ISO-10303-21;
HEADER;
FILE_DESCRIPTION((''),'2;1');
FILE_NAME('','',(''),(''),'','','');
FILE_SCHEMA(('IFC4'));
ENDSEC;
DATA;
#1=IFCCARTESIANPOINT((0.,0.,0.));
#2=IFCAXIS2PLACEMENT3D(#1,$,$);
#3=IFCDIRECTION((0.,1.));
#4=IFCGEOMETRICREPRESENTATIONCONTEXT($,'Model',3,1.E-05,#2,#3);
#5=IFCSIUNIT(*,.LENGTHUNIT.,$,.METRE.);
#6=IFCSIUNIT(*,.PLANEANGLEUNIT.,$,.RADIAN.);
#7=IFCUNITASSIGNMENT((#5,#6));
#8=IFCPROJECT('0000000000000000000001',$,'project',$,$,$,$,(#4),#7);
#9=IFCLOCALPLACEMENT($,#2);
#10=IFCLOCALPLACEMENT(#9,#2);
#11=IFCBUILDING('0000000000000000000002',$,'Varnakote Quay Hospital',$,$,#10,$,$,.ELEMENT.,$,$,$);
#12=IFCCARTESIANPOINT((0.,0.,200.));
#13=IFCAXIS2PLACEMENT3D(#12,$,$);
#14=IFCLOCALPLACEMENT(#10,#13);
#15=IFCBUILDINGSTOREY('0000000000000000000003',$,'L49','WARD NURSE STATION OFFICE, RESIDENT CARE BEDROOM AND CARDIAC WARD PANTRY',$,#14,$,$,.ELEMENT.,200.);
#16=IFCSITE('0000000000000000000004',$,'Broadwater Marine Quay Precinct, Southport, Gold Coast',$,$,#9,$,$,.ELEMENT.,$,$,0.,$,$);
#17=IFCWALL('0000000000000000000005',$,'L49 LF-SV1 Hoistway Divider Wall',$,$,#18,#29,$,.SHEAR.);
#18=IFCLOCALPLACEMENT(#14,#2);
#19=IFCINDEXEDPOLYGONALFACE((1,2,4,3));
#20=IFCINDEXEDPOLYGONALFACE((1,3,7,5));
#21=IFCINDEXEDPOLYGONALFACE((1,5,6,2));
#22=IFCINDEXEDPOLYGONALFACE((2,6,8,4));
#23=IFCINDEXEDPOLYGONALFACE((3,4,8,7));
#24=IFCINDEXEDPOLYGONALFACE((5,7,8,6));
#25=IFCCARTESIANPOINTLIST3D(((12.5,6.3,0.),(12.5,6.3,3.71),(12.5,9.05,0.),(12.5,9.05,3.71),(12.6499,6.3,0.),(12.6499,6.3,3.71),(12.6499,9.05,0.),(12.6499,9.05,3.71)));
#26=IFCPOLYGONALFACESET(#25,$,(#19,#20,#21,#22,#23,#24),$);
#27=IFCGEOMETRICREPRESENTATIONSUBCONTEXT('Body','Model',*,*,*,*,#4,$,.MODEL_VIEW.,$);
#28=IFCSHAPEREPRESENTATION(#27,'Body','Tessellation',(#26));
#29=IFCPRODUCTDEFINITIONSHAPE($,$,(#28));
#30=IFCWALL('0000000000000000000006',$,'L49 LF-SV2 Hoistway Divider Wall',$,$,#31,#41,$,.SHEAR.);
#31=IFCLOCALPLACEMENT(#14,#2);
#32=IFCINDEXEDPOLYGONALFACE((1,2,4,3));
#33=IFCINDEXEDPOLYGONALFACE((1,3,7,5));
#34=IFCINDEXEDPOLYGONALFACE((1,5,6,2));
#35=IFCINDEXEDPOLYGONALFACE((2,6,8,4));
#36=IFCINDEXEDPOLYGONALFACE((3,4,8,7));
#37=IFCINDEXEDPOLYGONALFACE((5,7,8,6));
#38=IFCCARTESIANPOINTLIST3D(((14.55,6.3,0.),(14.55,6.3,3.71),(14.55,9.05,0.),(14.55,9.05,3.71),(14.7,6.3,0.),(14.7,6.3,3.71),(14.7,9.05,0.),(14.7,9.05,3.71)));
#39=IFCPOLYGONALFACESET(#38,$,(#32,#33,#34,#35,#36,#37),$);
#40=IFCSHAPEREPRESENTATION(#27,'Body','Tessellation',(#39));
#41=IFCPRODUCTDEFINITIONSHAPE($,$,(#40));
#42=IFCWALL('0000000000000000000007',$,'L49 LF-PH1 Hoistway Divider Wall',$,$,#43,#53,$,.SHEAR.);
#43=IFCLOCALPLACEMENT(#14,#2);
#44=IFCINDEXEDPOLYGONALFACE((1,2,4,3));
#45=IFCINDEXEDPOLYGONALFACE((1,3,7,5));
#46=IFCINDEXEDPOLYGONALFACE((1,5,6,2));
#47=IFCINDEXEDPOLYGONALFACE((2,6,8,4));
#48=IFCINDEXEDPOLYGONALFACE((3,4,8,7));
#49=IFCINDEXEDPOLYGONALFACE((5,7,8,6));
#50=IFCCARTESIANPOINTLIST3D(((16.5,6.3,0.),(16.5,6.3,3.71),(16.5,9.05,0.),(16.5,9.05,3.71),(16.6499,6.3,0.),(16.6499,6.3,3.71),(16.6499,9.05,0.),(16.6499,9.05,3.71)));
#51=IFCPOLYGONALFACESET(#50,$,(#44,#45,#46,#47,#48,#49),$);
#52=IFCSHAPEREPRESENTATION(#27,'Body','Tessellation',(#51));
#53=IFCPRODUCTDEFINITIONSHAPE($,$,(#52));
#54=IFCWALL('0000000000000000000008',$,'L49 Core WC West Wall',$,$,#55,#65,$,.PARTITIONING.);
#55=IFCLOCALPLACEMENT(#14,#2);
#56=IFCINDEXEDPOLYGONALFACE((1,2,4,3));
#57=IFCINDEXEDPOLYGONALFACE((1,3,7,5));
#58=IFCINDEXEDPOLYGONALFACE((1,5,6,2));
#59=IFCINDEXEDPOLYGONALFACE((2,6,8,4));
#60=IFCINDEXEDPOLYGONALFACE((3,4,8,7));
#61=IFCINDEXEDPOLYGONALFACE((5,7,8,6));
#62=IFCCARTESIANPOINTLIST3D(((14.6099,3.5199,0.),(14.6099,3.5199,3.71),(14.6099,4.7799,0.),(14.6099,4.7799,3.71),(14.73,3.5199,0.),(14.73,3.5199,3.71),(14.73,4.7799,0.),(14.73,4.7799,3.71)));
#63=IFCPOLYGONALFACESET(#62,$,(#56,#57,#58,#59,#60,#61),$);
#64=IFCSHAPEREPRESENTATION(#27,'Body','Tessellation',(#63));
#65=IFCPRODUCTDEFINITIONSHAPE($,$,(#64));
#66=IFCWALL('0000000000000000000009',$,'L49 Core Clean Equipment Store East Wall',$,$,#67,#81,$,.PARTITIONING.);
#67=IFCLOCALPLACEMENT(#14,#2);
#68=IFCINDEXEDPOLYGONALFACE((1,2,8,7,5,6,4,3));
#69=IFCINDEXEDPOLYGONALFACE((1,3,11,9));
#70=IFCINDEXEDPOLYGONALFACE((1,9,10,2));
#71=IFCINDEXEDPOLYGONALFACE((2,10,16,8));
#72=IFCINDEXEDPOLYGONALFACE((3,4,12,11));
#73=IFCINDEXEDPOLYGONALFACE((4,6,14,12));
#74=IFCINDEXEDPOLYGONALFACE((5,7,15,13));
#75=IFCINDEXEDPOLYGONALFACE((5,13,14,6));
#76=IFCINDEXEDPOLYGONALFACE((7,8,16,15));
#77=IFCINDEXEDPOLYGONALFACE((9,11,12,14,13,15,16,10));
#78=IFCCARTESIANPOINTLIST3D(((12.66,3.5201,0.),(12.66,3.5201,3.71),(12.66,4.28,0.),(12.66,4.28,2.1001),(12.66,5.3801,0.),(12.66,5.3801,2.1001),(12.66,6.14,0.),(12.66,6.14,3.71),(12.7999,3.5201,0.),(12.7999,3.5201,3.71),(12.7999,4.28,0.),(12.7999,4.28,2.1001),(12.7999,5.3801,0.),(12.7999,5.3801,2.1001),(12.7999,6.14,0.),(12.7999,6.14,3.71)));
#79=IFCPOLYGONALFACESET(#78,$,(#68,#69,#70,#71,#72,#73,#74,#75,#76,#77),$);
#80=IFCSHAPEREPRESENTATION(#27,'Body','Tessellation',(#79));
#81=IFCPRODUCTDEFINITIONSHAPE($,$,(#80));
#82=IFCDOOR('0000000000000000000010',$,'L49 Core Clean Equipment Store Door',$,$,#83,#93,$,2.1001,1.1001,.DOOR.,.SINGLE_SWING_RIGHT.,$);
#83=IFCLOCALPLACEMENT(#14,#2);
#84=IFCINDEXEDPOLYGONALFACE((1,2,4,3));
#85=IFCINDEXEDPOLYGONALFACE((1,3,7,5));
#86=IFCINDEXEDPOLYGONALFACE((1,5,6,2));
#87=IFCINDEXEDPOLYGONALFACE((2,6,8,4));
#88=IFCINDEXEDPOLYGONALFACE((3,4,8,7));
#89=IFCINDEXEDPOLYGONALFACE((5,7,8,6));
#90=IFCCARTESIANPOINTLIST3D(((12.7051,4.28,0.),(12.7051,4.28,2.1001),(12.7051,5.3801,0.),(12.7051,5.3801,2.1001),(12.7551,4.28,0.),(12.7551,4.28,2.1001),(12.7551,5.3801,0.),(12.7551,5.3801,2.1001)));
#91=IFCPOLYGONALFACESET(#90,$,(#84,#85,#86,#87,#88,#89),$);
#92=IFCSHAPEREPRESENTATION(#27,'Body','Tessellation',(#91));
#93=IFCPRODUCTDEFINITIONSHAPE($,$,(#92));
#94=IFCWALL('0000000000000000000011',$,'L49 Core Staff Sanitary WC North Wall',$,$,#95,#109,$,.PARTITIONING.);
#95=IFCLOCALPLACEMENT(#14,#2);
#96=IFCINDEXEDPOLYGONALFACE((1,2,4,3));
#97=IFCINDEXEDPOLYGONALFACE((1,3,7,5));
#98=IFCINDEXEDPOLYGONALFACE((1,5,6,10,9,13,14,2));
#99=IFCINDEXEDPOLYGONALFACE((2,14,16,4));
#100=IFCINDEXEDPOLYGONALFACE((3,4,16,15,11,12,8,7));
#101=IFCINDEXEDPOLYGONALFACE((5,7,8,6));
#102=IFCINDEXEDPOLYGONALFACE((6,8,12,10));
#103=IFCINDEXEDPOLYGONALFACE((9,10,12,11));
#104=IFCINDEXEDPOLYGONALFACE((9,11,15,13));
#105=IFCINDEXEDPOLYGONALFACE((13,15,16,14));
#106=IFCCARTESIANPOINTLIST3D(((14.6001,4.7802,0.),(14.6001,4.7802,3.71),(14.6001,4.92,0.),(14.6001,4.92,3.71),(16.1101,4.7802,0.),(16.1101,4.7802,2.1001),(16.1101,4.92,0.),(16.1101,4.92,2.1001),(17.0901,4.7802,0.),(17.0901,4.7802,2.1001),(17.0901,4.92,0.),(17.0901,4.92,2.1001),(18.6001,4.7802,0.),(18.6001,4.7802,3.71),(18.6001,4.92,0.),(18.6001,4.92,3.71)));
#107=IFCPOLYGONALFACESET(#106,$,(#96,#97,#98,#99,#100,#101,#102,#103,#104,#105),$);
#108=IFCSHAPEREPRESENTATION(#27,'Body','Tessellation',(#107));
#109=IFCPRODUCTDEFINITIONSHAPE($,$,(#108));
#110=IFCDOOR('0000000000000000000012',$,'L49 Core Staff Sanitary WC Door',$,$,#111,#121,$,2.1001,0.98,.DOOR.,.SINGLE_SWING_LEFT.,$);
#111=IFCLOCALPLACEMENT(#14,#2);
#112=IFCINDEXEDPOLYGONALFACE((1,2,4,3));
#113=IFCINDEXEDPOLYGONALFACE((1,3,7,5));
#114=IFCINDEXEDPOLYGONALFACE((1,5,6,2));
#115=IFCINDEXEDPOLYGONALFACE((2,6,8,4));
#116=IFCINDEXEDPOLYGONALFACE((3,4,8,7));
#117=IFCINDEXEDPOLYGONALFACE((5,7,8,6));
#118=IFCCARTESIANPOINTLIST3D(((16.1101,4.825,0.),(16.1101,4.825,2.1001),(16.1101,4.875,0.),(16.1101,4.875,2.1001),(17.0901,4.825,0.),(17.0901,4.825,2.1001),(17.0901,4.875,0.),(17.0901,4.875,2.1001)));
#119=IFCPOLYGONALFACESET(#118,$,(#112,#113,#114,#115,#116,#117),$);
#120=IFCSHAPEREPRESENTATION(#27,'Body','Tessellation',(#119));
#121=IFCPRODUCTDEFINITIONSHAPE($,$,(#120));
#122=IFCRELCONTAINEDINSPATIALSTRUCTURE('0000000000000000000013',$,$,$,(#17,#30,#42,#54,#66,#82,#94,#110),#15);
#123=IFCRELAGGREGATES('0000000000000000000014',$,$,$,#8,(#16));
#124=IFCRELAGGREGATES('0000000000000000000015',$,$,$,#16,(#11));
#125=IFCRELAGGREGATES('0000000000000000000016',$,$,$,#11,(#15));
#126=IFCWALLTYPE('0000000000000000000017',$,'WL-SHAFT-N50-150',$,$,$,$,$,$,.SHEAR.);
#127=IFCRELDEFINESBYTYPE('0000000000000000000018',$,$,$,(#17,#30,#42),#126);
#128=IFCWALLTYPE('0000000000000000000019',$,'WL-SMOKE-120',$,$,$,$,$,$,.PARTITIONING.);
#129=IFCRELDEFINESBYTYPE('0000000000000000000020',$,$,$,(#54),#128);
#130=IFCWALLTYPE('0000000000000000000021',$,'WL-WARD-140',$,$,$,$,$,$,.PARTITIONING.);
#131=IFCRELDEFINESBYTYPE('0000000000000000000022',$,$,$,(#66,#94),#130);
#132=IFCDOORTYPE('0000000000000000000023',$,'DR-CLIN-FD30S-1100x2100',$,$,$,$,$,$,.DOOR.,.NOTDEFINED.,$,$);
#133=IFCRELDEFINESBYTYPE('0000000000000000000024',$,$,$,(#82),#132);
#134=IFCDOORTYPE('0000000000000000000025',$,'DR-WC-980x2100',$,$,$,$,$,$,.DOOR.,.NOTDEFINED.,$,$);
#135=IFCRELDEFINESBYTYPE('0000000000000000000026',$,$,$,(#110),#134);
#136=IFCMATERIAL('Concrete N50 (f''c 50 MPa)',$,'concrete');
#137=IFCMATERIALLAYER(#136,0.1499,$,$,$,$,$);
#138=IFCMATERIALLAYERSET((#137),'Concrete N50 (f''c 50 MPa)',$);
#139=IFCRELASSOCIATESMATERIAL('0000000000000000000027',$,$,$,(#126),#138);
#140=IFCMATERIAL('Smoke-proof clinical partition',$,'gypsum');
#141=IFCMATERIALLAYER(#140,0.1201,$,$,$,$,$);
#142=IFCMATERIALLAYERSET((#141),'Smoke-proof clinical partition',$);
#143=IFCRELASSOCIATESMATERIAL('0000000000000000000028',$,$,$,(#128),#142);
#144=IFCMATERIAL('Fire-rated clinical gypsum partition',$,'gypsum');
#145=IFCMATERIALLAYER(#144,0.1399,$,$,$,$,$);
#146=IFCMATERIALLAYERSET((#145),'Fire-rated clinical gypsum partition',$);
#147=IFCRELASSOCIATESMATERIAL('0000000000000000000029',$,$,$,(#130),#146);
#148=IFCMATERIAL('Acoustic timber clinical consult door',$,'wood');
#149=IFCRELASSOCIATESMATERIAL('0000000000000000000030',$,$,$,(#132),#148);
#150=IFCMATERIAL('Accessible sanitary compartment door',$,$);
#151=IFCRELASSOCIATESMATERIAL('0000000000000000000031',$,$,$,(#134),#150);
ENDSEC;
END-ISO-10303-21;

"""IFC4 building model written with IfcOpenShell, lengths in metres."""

from ifc_helpers import new_model, si_unit, direction, frame, frame_2d, origin, place, context, subcontext, project, spatial, rectangle, extrude, material, layer, layer_set, type_object, element, fill, save


model = new_model("IFC4")

# Units and contexts
model_context = context("Model", 3, precision=1e-05, world=origin(), true_north=direction((0.0, 1.0)))
body_context = subcontext(model_context, "Body", "Model", "MODEL_VIEW")
ifc_project = project(units=[si_unit("LENGTHUNIT", "METRE"), si_unit("PLANEANGLEUNIT", "RADIAN")], contexts=[model_context])

# Site, building, storey
site_placement = place(None, origin())
site = spatial("IfcSite", under=ifc_project, at=site_placement, Name="Broadwater Marine Quay Precinct, Southport, Gold Coast", CompositionType="ELEMENT", RefElevation=0.0)
building_placement = place(site_placement, origin())
building = spatial("IfcBuilding", under=site, at=building_placement, Name="Varnakote Quay Hospital", CompositionType="ELEMENT")
storey_placement = place(building_placement, frame((0.0, 0.0, 200.0)))
storey = spatial("IfcBuildingStorey", under=building, at=storey_placement, Name="L49", Description="WARD NURSE STATION OFFICE, RESIDENT CARE BEDROOM AND CARDIAC WARD PANTRY", CompositionType="ELEMENT", Elevation=200.0)

# Walls
ifc_material_1 = material(Name="Concrete N50 (f'c 50 MPa)", Category="concrete")
ifc_layer_1 = layer(ifc_material_1, 0.1499)
ifc_layer_set_1 = layer_set([ifc_layer_1], Name="Concrete N50 (f'c 50 MPa)")
wall_type_1 = type_object("IfcWallType", Name="WL-SHAFT-N50-150", PredefinedType="SHEAR", material=ifc_layer_set_1)
for number, where, z_axis, x_axis, name in (
    (1, (12.575, 6.3, 0.0), (0.0, 0.0, 1.0), (0.0, 1.0, 0.0), "L49 LF-SV1 Hoistway Divider Wall"),
    (2, (14.625, 6.3, 0.0), (0.0, 0.0, 1.0), (0.0, 1.0, 0.0), "L49 LF-SV2 Hoistway Divider Wall"),
    (3, (16.575, 6.3, 0.0), (0.0, 0.0, 1.0), (0.0, 1.0, 0.0), "L49 LF-PH1 Hoistway Divider Wall"),
):
    element("IfcWall", number, at=place(storey_placement, frame(where, z_axis=z_axis, x_axis=x_axis)), inside=storey, type_object=wall_type_1, Name=name, PredefinedType="SHEAR", context=body_context, shape_type="SweptSolid", body=[
        extrude(rectangle(XDim=2.75, YDim=0.1499, at=frame_2d((1.375, 0.0))), origin(), (0.0, 0.0, 1.0), 3.71),
    ])

# Wall
ifc_material_2 = material(Name="Smoke-proof clinical partition", Category="gypsum")
ifc_layer_2 = layer(ifc_material_2, 0.1201)
ifc_layer_set_2 = layer_set([ifc_layer_2], Name="Smoke-proof clinical partition")
wall_type_2 = type_object("IfcWallType", Name="WL-SMOKE-120", PredefinedType="PARTITIONING", material=ifc_layer_set_2)
wall_1_placement = place(storey_placement, frame((14.6699, 3.52, 0.0), z_axis=(0.0, 0.0, 1.0), x_axis=(0.0, 1.0, 0.0)))
element("IfcWall", 4, at=wall_1_placement, inside=storey, type_object=wall_type_2, Name="L49 Core WC West Wall", PredefinedType="PARTITIONING", context=body_context, shape_type="SweptSolid", body=[
    extrude(rectangle(XDim=1.26, YDim=0.1201, at=frame_2d((0.6299, 0.0))), origin(), (0.0, 0.0, 1.0), 3.71),
])

# Walls, openings, doors
ifc_material_3 = material(Name="Fire-rated clinical gypsum partition", Category="gypsum")
ifc_layer_3 = layer(ifc_material_3, 0.1399)
ifc_layer_set_3 = layer_set([ifc_layer_3], Name="Fire-rated clinical gypsum partition")
wall_type_3 = type_object("IfcWallType", Name="WL-WARD-140", PredefinedType="PARTITIONING", material=ifc_layer_set_3)
wall_2_placement = place(storey_placement, frame((12.73, 3.52, 0.0), z_axis=(0.0, 0.0, 1.0), x_axis=(0.0, 1.0, 0.0)))
wall_2 = element("IfcWall", 5, at=wall_2_placement, inside=storey, type_object=wall_type_3, Name="L49 Core Clean Equipment Store East Wall", PredefinedType="PARTITIONING", context=body_context, shape_type="SweptSolid", body=[
    extrude(rectangle(XDim=2.6199, YDim=0.1399, at=frame_2d((1.3101, 0.0))), origin(), (0.0, 0.0, 1.0), 3.71),
])
opening_1_placement = place(wall_2_placement, frame((0.76, 0.0, 0.0)))
opening_1 = element("IfcOpeningElement", 6, at=opening_1_placement, cuts=wall_2, PredefinedType="OPENING", context=body_context, shape_type="SweptSolid", body=[
    extrude(rectangle(XDim=1.1001, YDim=2.1001, at=frame_2d((0.55, 1.05))), frame((0.0, 0.0798, 0.0), z_axis=(0.0, -1.0, 0.0), x_axis=(1.0, 0.0, 0.0)), (0.0, 0.0, 1.0), 0.1599),
])
ifc_material_4 = material(Name="Acoustic timber clinical consult door", Category="wood")
door_type_1 = type_object("IfcDoorType", Name="DR-CLIN-FD30S-1100x2100", OperationType="NOTDEFINED", PredefinedType="DOOR", material=ifc_material_4)
door_1_placement = place(opening_1_placement, origin())
door_1 = element("IfcDoor", 7, at=door_1_placement, inside=storey, type_object=door_type_1, Name="L49 Core Clean Equipment Store Door", OperationType="SINGLE_SWING_RIGHT", OverallHeight=2.1001, OverallWidth=1.1001, PredefinedType="DOOR", context=body_context, shape_type="SweptSolid", body=[
    extrude(rectangle(XDim=1.1001, YDim=2.1001, at=frame_2d((0.55, 1.05))), frame((0.0, 0.0249, 0.0), z_axis=(0.0, -1.0, 0.0), x_axis=(1.0, 0.0, 0.0)), (0.0, 0.0, 1.0), 0.05),
])
fill(opening_1, door_1)
wall_3_placement = place(storey_placement, frame((14.6001, 4.8501, 0.0), z_axis=(0.0, 0.0, 1.0), x_axis=(1.0, 0.0, 0.0)))
wall_3 = element("IfcWall", 8, at=wall_3_placement, inside=storey, type_object=wall_type_3, Name="L49 Core Staff Sanitary WC North Wall", PredefinedType="PARTITIONING", context=body_context, shape_type="SweptSolid", body=[
    extrude(rectangle(XDim=4.0, YDim=0.1399, at=frame_2d((2.0, 0.0))), origin(), (0.0, 0.0, 1.0), 3.71),
])
opening_2_placement = place(wall_3_placement, frame((1.51, 0.0, 0.0)))
opening_2 = element("IfcOpeningElement", 9, at=opening_2_placement, cuts=wall_3, PredefinedType="OPENING", context=body_context, shape_type="SweptSolid", body=[
    extrude(rectangle(XDim=0.98, YDim=2.1001, at=frame_2d((0.49, 1.05))), frame((0.0, 0.0798, 0.0), z_axis=(0.0, -1.0, 0.0), x_axis=(1.0, 0.0, 0.0)), (0.0, 0.0, 1.0), 0.1599),
])
ifc_material_5 = material(Name="Accessible sanitary compartment door")
door_type_2 = type_object("IfcDoorType", Name="DR-WC-980x2100", OperationType="NOTDEFINED", PredefinedType="DOOR", material=ifc_material_5)
door_2_placement = place(opening_2_placement, origin())
door_2 = element("IfcDoor", 10, at=door_2_placement, inside=storey, type_object=door_type_2, Name="L49 Core Staff Sanitary WC Door", OperationType="SINGLE_SWING_LEFT", OverallHeight=2.1001, OverallWidth=0.98, PredefinedType="DOOR", context=body_context, shape_type="SweptSolid", body=[
    extrude(rectangle(XDim=0.98, YDim=2.1001, at=frame_2d((0.49, 1.05))), frame((0.0, 0.0249, 0.0), z_axis=(0.0, -1.0, 0.0), x_axis=(1.0, 0.0, 0.0)), (0.0, 0.0, 1.0), 0.05),
])
fill(opening_2, door_2)

save(model, "model.ifc")
